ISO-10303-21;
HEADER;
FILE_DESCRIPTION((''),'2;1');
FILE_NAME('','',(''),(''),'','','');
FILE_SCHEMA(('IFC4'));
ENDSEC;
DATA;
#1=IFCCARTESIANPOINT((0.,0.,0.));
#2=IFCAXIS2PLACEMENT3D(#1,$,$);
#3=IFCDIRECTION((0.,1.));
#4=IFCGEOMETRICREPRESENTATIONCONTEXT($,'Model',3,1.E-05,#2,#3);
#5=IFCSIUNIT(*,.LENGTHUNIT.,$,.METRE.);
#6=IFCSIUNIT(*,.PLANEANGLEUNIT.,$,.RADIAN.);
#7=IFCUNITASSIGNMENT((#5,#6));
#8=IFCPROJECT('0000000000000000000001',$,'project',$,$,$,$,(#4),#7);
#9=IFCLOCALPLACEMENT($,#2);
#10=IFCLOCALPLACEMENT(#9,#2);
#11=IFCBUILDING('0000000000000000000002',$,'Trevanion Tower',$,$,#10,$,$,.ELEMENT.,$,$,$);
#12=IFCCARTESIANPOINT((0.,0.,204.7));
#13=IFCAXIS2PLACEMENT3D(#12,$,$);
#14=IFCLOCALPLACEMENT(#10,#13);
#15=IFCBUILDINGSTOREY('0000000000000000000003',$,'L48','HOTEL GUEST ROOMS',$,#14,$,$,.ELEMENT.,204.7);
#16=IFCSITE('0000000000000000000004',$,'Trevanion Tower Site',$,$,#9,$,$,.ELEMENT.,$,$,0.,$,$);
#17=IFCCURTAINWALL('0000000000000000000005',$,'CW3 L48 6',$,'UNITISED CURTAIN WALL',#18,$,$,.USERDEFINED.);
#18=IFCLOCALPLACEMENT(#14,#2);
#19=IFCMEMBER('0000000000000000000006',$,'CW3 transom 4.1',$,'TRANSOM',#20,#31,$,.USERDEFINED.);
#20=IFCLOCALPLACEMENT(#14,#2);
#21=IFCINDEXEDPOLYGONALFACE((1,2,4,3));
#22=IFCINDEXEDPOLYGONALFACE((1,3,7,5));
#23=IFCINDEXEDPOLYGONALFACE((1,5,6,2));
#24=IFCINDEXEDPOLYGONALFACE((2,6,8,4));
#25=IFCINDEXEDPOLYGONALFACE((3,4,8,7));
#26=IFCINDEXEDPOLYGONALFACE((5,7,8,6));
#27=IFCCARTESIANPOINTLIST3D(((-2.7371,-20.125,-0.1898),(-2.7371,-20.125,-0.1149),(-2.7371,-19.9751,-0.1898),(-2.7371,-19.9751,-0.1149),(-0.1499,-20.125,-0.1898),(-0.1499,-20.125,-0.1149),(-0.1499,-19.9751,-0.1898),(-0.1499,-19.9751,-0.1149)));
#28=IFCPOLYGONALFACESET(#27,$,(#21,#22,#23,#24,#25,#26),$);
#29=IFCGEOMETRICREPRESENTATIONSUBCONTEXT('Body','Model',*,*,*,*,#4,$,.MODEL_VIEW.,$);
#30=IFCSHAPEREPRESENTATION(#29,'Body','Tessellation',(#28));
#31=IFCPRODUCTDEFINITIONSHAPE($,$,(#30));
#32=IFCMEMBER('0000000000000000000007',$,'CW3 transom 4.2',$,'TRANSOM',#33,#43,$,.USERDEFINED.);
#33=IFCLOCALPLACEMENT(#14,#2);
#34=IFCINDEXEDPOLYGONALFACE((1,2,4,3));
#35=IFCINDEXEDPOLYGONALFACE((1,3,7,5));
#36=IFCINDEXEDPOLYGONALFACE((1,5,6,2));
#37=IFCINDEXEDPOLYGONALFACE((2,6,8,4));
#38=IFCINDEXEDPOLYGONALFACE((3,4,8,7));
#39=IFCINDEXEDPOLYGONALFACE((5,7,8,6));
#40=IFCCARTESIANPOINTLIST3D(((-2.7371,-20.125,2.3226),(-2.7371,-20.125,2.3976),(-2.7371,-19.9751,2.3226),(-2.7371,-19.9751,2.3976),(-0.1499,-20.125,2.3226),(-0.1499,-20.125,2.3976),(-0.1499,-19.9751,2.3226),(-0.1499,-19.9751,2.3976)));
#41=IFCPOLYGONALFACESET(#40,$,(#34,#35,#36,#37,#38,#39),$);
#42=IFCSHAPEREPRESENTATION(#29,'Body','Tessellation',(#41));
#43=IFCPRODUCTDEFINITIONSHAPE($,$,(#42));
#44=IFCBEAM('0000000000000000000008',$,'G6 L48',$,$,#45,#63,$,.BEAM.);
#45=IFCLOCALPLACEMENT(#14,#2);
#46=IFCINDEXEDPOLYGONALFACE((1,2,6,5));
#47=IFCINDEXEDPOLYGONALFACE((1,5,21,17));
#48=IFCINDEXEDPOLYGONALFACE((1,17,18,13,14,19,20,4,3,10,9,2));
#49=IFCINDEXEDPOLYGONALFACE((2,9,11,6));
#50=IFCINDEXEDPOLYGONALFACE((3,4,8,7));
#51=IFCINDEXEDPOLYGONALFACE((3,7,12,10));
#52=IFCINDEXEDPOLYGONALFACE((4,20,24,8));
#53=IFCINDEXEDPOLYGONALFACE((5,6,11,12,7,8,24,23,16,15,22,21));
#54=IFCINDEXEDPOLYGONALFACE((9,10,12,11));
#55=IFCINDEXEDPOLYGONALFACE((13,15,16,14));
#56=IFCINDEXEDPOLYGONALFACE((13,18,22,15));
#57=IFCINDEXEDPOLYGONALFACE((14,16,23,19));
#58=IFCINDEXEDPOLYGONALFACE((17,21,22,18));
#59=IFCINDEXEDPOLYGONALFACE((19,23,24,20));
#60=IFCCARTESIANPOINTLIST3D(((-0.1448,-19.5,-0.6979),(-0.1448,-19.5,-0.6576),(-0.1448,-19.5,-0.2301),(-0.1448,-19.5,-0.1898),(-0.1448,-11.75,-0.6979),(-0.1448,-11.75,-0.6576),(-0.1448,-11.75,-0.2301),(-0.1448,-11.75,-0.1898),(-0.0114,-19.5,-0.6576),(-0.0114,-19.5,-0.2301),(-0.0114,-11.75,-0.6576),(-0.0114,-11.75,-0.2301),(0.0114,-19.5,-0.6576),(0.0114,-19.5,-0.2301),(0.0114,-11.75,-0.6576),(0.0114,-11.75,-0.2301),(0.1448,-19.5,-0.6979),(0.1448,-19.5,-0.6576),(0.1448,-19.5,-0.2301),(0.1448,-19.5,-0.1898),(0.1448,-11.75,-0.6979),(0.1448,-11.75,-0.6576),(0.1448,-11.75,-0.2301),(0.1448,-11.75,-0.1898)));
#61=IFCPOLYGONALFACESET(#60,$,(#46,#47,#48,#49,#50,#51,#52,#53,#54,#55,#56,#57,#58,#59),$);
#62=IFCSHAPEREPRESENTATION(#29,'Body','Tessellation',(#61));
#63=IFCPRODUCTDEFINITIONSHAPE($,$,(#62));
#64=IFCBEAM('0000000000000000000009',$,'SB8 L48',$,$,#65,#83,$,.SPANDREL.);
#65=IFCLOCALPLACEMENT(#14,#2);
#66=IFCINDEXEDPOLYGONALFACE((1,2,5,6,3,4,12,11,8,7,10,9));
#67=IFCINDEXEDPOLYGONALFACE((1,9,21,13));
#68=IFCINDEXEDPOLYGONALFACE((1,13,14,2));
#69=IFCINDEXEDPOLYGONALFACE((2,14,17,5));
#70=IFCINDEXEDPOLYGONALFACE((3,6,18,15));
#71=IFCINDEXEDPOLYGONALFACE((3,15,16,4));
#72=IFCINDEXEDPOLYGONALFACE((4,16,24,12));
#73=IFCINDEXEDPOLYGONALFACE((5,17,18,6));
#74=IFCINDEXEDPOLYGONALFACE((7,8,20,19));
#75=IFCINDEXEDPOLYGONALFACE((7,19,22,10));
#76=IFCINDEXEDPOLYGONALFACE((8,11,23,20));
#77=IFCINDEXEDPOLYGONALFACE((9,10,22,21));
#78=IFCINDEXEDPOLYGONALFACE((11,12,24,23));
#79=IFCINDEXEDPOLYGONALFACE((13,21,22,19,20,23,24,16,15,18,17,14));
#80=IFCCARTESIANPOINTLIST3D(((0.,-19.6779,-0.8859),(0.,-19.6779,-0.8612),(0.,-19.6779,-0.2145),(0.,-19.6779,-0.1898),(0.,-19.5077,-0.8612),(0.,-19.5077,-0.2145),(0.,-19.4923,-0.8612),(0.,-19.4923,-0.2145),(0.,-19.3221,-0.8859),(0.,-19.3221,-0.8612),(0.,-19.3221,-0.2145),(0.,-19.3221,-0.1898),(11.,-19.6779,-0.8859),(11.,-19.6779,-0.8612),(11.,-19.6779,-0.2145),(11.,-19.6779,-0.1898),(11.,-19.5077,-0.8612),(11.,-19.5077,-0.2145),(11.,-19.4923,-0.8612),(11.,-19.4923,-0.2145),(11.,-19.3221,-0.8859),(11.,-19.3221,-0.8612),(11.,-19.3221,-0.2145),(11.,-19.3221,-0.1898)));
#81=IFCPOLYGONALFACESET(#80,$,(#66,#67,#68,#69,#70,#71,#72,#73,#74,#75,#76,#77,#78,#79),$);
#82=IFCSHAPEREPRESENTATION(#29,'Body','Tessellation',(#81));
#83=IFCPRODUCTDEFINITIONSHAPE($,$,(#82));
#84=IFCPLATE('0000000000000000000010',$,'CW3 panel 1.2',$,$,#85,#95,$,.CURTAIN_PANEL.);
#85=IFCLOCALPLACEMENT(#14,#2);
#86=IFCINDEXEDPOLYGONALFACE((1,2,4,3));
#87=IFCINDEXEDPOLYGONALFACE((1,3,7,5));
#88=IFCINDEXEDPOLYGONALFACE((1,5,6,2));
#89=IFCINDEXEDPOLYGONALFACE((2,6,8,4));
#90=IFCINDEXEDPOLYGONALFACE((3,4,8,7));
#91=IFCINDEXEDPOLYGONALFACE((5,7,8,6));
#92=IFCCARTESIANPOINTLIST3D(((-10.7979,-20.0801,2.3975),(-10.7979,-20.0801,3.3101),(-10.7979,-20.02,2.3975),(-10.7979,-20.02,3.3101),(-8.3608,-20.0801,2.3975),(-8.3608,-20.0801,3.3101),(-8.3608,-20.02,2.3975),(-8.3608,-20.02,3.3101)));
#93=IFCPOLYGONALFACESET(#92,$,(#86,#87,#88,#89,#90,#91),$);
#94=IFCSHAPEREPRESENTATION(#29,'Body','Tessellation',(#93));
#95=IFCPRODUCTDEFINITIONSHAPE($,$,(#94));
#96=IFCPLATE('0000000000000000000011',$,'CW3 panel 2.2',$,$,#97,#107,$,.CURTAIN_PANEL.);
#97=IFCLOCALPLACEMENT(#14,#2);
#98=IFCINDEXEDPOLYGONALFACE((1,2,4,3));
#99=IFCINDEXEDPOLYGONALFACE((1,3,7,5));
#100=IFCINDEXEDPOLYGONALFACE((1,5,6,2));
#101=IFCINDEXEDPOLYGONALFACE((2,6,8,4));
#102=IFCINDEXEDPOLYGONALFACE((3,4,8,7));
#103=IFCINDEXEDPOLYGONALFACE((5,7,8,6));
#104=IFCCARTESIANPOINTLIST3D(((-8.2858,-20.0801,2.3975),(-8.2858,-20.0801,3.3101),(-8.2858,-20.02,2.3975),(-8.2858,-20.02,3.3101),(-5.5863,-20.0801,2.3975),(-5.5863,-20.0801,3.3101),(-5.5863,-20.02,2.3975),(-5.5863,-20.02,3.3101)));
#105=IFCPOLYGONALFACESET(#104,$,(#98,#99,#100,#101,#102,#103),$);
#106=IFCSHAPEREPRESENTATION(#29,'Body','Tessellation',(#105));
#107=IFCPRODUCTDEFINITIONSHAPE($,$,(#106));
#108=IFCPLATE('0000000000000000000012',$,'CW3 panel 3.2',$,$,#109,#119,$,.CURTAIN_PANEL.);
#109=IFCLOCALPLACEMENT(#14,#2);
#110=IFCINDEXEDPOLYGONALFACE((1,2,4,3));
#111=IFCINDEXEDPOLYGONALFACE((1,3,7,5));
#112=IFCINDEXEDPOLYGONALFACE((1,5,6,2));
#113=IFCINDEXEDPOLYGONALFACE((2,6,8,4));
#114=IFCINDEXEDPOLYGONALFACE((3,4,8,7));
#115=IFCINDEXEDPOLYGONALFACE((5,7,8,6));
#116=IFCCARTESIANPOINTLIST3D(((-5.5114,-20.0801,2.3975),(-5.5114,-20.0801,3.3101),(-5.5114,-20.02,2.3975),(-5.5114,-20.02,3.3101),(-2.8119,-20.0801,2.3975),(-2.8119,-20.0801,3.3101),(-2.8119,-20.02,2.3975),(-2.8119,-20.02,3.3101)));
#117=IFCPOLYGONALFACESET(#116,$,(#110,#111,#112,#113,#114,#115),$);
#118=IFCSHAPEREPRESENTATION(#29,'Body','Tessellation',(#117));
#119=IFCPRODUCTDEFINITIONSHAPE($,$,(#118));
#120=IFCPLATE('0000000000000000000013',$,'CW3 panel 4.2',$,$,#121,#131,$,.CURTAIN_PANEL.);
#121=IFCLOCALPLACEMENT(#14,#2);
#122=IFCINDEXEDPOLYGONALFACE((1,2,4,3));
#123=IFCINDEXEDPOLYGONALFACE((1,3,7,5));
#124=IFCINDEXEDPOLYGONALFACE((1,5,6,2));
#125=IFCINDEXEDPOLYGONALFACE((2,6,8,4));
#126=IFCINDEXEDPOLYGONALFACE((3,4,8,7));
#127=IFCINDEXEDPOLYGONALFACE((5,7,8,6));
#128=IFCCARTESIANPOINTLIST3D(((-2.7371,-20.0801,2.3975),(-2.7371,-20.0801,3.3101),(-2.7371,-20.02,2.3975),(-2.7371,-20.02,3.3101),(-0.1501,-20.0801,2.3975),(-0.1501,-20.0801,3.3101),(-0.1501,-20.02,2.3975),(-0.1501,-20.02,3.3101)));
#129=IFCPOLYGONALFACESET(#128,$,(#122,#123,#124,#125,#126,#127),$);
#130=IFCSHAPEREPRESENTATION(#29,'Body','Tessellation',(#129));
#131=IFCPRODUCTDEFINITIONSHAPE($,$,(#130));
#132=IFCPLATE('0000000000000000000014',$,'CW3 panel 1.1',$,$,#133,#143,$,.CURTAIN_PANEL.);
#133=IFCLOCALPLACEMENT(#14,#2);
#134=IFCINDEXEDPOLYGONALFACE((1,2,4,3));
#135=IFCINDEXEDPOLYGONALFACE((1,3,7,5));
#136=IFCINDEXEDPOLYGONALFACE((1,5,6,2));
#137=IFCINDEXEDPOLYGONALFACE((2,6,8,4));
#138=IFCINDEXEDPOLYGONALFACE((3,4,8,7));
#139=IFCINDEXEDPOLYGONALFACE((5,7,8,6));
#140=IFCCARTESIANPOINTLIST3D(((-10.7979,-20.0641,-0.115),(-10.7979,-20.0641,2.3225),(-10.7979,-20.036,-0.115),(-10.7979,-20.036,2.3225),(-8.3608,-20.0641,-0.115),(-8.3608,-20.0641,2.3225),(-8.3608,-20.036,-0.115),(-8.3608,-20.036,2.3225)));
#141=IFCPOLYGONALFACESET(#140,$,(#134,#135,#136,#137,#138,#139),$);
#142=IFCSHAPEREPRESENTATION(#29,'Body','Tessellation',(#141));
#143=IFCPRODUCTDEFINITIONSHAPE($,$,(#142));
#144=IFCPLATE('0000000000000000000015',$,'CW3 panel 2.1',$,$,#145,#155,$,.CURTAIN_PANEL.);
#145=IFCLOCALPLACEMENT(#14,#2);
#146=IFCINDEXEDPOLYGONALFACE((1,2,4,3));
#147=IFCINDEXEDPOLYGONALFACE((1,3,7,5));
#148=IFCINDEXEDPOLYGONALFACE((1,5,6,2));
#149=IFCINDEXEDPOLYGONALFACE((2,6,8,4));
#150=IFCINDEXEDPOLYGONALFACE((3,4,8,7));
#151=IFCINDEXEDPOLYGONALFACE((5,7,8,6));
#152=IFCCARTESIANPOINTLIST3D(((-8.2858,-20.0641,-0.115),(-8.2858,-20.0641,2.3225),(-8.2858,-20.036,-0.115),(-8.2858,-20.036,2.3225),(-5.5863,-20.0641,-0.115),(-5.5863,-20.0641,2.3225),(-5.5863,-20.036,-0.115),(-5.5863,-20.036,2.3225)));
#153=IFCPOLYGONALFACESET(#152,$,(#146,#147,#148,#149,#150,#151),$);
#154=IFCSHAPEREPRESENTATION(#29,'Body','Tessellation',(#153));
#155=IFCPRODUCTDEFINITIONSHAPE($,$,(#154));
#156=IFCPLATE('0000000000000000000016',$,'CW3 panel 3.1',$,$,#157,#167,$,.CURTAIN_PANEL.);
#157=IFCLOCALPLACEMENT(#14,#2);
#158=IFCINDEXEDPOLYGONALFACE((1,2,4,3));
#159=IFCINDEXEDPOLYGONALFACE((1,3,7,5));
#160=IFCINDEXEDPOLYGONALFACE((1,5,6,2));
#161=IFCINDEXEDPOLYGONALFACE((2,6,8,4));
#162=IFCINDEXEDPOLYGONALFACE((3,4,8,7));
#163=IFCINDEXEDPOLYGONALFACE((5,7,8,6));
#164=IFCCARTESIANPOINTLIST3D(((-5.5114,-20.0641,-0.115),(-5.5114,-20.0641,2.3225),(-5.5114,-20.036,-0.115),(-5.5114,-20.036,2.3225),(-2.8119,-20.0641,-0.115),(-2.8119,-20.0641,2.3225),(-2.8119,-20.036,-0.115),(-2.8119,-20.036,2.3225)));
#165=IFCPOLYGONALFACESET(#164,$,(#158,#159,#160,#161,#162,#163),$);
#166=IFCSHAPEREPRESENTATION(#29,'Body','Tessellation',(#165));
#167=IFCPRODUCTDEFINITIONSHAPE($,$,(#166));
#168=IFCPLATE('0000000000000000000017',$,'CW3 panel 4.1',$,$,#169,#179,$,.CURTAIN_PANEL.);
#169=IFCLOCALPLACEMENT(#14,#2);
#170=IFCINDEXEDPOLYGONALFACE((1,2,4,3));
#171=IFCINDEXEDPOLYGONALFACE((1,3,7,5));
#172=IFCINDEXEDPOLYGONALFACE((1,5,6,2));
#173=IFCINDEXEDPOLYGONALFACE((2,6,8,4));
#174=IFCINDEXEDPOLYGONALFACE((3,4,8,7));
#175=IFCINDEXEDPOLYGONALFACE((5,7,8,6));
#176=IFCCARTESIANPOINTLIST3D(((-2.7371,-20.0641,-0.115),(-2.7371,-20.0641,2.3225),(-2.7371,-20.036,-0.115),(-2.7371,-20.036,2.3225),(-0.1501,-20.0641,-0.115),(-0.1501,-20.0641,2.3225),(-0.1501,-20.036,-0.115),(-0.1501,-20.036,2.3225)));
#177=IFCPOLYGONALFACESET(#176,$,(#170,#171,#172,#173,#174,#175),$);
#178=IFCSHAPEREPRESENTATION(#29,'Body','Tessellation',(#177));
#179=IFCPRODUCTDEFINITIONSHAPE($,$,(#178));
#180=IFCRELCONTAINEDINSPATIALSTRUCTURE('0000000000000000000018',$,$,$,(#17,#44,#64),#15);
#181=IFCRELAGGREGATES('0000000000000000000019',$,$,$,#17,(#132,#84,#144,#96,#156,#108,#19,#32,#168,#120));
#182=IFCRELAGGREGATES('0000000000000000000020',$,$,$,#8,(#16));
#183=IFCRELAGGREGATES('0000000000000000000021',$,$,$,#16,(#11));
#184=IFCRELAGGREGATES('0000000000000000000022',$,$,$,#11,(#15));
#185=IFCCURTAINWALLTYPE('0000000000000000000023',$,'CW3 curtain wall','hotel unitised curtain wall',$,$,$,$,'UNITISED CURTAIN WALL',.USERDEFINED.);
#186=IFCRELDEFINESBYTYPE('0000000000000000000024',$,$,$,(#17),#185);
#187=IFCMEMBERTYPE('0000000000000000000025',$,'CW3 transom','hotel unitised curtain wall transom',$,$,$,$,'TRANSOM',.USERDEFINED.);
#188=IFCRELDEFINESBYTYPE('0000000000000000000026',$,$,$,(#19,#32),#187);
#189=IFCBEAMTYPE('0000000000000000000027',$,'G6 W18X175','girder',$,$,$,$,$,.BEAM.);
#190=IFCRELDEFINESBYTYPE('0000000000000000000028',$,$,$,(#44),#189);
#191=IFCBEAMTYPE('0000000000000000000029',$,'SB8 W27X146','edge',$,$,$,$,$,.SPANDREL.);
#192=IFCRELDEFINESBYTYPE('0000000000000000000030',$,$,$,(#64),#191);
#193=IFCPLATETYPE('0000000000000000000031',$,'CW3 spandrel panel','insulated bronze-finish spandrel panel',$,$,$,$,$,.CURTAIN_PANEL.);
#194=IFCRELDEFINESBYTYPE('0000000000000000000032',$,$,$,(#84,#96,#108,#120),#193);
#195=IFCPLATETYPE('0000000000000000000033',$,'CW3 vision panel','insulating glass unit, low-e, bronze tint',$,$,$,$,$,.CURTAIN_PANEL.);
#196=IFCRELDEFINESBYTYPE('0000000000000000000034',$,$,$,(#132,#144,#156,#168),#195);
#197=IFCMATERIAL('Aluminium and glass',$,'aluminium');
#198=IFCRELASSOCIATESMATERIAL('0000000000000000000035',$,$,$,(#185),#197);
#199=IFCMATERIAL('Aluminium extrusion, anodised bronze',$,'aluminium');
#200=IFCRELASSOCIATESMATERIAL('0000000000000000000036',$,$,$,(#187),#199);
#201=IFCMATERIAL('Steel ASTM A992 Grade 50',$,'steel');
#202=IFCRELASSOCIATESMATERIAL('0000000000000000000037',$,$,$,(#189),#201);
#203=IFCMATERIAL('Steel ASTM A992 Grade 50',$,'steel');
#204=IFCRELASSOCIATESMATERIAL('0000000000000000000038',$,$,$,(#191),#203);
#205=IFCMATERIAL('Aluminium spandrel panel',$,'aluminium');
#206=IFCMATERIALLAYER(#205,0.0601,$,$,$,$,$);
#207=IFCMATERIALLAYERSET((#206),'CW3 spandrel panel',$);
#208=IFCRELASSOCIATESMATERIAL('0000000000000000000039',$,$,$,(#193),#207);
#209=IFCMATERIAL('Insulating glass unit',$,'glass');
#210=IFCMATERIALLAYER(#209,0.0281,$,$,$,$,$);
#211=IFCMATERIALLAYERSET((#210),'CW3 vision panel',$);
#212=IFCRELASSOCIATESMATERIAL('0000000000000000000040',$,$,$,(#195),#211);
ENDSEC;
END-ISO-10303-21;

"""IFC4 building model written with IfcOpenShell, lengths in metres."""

from ifc_helpers import new_model, si_unit, direction, frame, origin, origin_2d, place, context, subcontext, project, spatial, rectangle, i_section, extrude, material, layer, layer_set, material_profile, profile_set, type_object, element, aggregate, save


model = new_model("IFC4")

# Units and contexts
model_context = context("Model", 3, precision=1e-05, world=origin(), true_north=direction((0.0, 1.0)))
body_context = subcontext(model_context, "Body", "Model", "MODEL_VIEW")
ifc_project = project(units=[si_unit("LENGTHUNIT", "METRE"), si_unit("PLANEANGLEUNIT", "RADIAN")], contexts=[model_context])

# Site, building, storey
site_placement = place(None, origin())
site = spatial("IfcSite", under=ifc_project, at=site_placement, Name="Trevanion Tower Site", CompositionType="ELEMENT", RefElevation=0.0)
building_placement = place(site_placement, origin())
building = spatial("IfcBuilding", under=site, at=building_placement, Name="Trevanion Tower", CompositionType="ELEMENT")
storey_placement = place(building_placement, frame((0.0, 0.0, 204.7)))
storey = spatial("IfcBuildingStorey", under=building, at=storey_placement, Name="L48", Description="HOTEL GUEST ROOMS", CompositionType="ELEMENT", Elevation=204.7)

# Curtain wall, members
ifc_material_1 = material(Name="Aluminium and glass", Category="aluminium")
curtain_wall_type = type_object("IfcCurtainWallType", Name="CW3 curtain wall", Description="hotel unitised curtain wall", ElementType="UNITISED CURTAIN WALL", PredefinedType="USERDEFINED", material=ifc_material_1)
curtain_wall_placement = place(storey_placement, origin())
curtain_wall = element("IfcCurtainWall", 1, at=curtain_wall_placement, inside=storey, type_object=curtain_wall_type, Name="CW3 L48 6", ObjectType="UNITISED CURTAIN WALL", PredefinedType="USERDEFINED")
ifc_material_2 = material(Name="Aluminium extrusion, anodised bronze", Category="aluminium")
ifc_material_profile_1 = material_profile(ifc_material_2, rectangle(XDim=0.1499, YDim=0.075, at=origin_2d()), Name="CW3 transom")
ifc_profile_set_1 = profile_set([ifc_material_profile_1], Name="Aluminium extrusion, anodised bronze")
member_type_1 = type_object("IfcMemberType", Name="CW3 transom", Description="hotel unitised curtain wall transom", ElementType="TRANSOM", PredefinedType="USERDEFINED", material=ifc_profile_set_1)
member_1_placement = place(storey_placement, frame((-2.7371, -20.05, -0.1523), z_axis=(1.0, 0.0, 0.0), x_axis=(0.0, 1.0, 0.0)))
member_1 = element("IfcMember", 2, at=member_1_placement, type_object=member_type_1, Name="CW3 transom 4.1", ObjectType="TRANSOM", PredefinedType="USERDEFINED", context=body_context, shape_type="SweptSolid", body=[
    extrude(rectangle(XDim=0.1499, YDim=0.075, at=origin_2d()), origin(), (0.0, 0.0, 1.0), 2.5872),
])
member_2_placement = place(storey_placement, frame((-2.7371, -20.05, 2.3601), z_axis=(1.0, 0.0, 0.0), x_axis=(0.0, 1.0, 0.0)))
member_2 = element("IfcMember", 3, at=member_2_placement, type_object=member_type_1, Name="CW3 transom 4.2", ObjectType="TRANSOM", PredefinedType="USERDEFINED", context=body_context, shape_type="SweptSolid", body=[
    extrude(rectangle(XDim=0.1499, YDim=0.075, at=origin_2d()), origin(), (0.0, 0.0, 1.0), 2.5872),
])

# Beams
ifc_material_3 = material(Name="Steel ASTM A992 Grade 50", Category="steel")
ifc_material_profile_2 = material_profile(ifc_material_3, i_section(OverallWidth=0.2896, OverallDepth=0.5081, WebThickness=0.0227, FlangeThickness=0.0403, at=origin_2d()), Name="W18X175")
ifc_profile_set_2 = profile_set([ifc_material_profile_2], Name="Steel ASTM A992 Grade 50")
beam_type_1 = type_object("IfcBeamType", Name="G6 W18X175", Description="girder", PredefinedType="BEAM", material=ifc_profile_set_2)
beam_1_placement = place(storey_placement, frame((0.0, -11.75, -0.4438), z_axis=(0.0, -1.0, 0.0), x_axis=(1.0, 0.0, 0.0)))
element("IfcBeam", 4, at=beam_1_placement, inside=storey, type_object=beam_type_1, Name="G6 L48", PredefinedType="BEAM", context=body_context, shape_type="SweptSolid", body=[
    extrude(i_section(OverallWidth=0.2896, OverallDepth=0.5081, WebThickness=0.0227, FlangeThickness=0.0403, at=origin_2d()), origin(), (0.0, 0.0, 1.0), 7.75),
])
ifc_material_4 = material(Name="Steel ASTM A992 Grade 50", Category="steel")
ifc_material_profile_3 = material_profile(ifc_material_4, i_section(OverallWidth=0.3557, OverallDepth=0.696, WebThickness=0.0154, FlangeThickness=0.0247, at=origin_2d()), Name="W27X146")
ifc_profile_set_3 = profile_set([ifc_material_profile_3], Name="Steel ASTM A992 Grade 50")
beam_type_2 = type_object("IfcBeamType", Name="SB8 W27X146", Description="edge", PredefinedType="SPANDREL", material=ifc_profile_set_3)
beam_2_placement = place(storey_placement, frame((0.0, -19.5, -0.5378), z_axis=(1.0, 0.0, 0.0), x_axis=(0.0, 1.0, 0.0)))
element("IfcBeam", 5, at=beam_2_placement, inside=storey, type_object=beam_type_2, Name="SB8 L48", PredefinedType="SPANDREL", context=body_context, shape_type="SweptSolid", body=[
    extrude(i_section(OverallWidth=0.3557, OverallDepth=0.696, WebThickness=0.0154, FlangeThickness=0.0247, at=origin_2d()), origin(), (0.0, 0.0, 1.0), 11.0),
])

# Plates
ifc_material_5 = material(Name="Aluminium spandrel panel", Category="aluminium")
ifc_layer_1 = layer(ifc_material_5, 0.0601)
ifc_layer_set_1 = layer_set([ifc_layer_1], Name="CW3 spandrel panel")
plate_type_1 = type_object("IfcPlateType", Name="CW3 spandrel panel", Description="insulated bronze-finish spandrel panel", PredefinedType="CURTAIN_PANEL", material=ifc_layer_set_1)
plate_1_placement = place(storey_placement, frame((-9.5793, -20.05, 2.3975), z_axis=(0.0, 0.0, 1.0), x_axis=(1.0, 0.0, 0.0)))
plate_1 = element("IfcPlate", 6, at=plate_1_placement, type_object=plate_type_1, Name="CW3 panel 1.2", PredefinedType="CURTAIN_PANEL", context=body_context, shape_type="SweptSolid", body=[
    extrude(rectangle(XDim=2.437, YDim=0.0601, at=origin_2d()), origin(), (0.0, 0.0, 1.0), 0.9126),
])
plate_2_placement = place(storey_placement, frame((-6.936, -20.05, 2.3975), z_axis=(0.0, 0.0, 1.0), x_axis=(1.0, 0.0, 0.0)))
plate_2 = element("IfcPlate", 7, at=plate_2_placement, type_object=plate_type_1, Name="CW3 panel 2.2", PredefinedType="CURTAIN_PANEL", context=body_context, shape_type="SweptSolid", body=[
    extrude(rectangle(XDim=2.6995, YDim=0.0601, at=origin_2d()), origin(), (0.0, 0.0, 1.0), 0.9126),
])
plate_3_placement = place(storey_placement, frame((-4.1616, -20.05, 2.3975), z_axis=(0.0, 0.0, 1.0), x_axis=(1.0, 0.0, 0.0)))
plate_3 = element("IfcPlate", 8, at=plate_3_placement, type_object=plate_type_1, Name="CW3 panel 3.2", PredefinedType="CURTAIN_PANEL", context=body_context, shape_type="SweptSolid", body=[
    extrude(rectangle(XDim=2.6995, YDim=0.0601, at=origin_2d()), origin(), (0.0, 0.0, 1.0), 0.9126),
])
plate_4_placement = place(storey_placement, frame((-1.4436, -20.05, 2.3975), z_axis=(0.0, 0.0, 1.0), x_axis=(1.0, 0.0, 0.0)))
plate_4 = element("IfcPlate", 9, at=plate_4_placement, type_object=plate_type_1, Name="CW3 panel 4.2", PredefinedType="CURTAIN_PANEL", context=body_context, shape_type="SweptSolid", body=[
    extrude(rectangle(XDim=2.5869, YDim=0.0601, at=origin_2d()), origin(), (0.0, 0.0, 1.0), 0.9126),
])
ifc_material_6 = material(Name="Insulating glass unit", Category="glass")
ifc_layer_2 = layer(ifc_material_6, 0.0281)
ifc_layer_set_2 = layer_set([ifc_layer_2], Name="CW3 vision panel")
plate_type_2 = type_object("IfcPlateType", Name="CW3 vision panel", Description="insulating glass unit, low-e, bronze tint", PredefinedType="CURTAIN_PANEL", material=ifc_layer_set_2)
plate_5_placement = place(storey_placement, frame((-9.5793, -20.05, -0.115), z_axis=(0.0, 0.0, 1.0), x_axis=(1.0, 0.0, 0.0)))
plate_5 = element("IfcPlate", 10, at=plate_5_placement, type_object=plate_type_2, Name="CW3 panel 1.1", PredefinedType="CURTAIN_PANEL", context=body_context, shape_type="SweptSolid", body=[
    extrude(rectangle(XDim=2.437, YDim=0.0281, at=origin_2d()), origin(), (0.0, 0.0, 1.0), 2.4375),
])
plate_6_placement = place(storey_placement, frame((-6.936, -20.05, -0.115), z_axis=(0.0, 0.0, 1.0), x_axis=(1.0, 0.0, 0.0)))
plate_6 = element("IfcPlate", 11, at=plate_6_placement, type_object=plate_type_2, Name="CW3 panel 2.1", PredefinedType="CURTAIN_PANEL", context=body_context, shape_type="SweptSolid", body=[
    extrude(rectangle(XDim=2.6995, YDim=0.0281, at=origin_2d()), origin(), (0.0, 0.0, 1.0), 2.4375),
])
plate_7_placement = place(storey_placement, frame((-4.1616, -20.05, -0.115), z_axis=(0.0, 0.0, 1.0), x_axis=(1.0, 0.0, 0.0)))
plate_7 = element("IfcPlate", 12, at=plate_7_placement, type_object=plate_type_2, Name="CW3 panel 3.1", PredefinedType="CURTAIN_PANEL", context=body_context, shape_type="SweptSolid", body=[
    extrude(rectangle(XDim=2.6995, YDim=0.0281, at=origin_2d()), origin(), (0.0, 0.0, 1.0), 2.4375),
])
plate_8_placement = place(storey_placement, frame((-1.4436, -20.05, -0.115), z_axis=(0.0, 0.0, 1.0), x_axis=(1.0, 0.0, 0.0)))
plate_8 = element("IfcPlate", 13, at=plate_8_placement, type_object=plate_type_2, Name="CW3 panel 4.1", PredefinedType="CURTAIN_PANEL", context=body_context, shape_type="SweptSolid", body=[
    extrude(rectangle(XDim=2.5869, YDim=0.0281, at=origin_2d()), origin(), (0.0, 0.0, 1.0), 2.4375),
])
aggregate(curtain_wall, [plate_5, plate_1, plate_6, plate_2, plate_7, plate_3, member_1, member_2, plate_8, plate_4])

save(model, "model.ifc")
